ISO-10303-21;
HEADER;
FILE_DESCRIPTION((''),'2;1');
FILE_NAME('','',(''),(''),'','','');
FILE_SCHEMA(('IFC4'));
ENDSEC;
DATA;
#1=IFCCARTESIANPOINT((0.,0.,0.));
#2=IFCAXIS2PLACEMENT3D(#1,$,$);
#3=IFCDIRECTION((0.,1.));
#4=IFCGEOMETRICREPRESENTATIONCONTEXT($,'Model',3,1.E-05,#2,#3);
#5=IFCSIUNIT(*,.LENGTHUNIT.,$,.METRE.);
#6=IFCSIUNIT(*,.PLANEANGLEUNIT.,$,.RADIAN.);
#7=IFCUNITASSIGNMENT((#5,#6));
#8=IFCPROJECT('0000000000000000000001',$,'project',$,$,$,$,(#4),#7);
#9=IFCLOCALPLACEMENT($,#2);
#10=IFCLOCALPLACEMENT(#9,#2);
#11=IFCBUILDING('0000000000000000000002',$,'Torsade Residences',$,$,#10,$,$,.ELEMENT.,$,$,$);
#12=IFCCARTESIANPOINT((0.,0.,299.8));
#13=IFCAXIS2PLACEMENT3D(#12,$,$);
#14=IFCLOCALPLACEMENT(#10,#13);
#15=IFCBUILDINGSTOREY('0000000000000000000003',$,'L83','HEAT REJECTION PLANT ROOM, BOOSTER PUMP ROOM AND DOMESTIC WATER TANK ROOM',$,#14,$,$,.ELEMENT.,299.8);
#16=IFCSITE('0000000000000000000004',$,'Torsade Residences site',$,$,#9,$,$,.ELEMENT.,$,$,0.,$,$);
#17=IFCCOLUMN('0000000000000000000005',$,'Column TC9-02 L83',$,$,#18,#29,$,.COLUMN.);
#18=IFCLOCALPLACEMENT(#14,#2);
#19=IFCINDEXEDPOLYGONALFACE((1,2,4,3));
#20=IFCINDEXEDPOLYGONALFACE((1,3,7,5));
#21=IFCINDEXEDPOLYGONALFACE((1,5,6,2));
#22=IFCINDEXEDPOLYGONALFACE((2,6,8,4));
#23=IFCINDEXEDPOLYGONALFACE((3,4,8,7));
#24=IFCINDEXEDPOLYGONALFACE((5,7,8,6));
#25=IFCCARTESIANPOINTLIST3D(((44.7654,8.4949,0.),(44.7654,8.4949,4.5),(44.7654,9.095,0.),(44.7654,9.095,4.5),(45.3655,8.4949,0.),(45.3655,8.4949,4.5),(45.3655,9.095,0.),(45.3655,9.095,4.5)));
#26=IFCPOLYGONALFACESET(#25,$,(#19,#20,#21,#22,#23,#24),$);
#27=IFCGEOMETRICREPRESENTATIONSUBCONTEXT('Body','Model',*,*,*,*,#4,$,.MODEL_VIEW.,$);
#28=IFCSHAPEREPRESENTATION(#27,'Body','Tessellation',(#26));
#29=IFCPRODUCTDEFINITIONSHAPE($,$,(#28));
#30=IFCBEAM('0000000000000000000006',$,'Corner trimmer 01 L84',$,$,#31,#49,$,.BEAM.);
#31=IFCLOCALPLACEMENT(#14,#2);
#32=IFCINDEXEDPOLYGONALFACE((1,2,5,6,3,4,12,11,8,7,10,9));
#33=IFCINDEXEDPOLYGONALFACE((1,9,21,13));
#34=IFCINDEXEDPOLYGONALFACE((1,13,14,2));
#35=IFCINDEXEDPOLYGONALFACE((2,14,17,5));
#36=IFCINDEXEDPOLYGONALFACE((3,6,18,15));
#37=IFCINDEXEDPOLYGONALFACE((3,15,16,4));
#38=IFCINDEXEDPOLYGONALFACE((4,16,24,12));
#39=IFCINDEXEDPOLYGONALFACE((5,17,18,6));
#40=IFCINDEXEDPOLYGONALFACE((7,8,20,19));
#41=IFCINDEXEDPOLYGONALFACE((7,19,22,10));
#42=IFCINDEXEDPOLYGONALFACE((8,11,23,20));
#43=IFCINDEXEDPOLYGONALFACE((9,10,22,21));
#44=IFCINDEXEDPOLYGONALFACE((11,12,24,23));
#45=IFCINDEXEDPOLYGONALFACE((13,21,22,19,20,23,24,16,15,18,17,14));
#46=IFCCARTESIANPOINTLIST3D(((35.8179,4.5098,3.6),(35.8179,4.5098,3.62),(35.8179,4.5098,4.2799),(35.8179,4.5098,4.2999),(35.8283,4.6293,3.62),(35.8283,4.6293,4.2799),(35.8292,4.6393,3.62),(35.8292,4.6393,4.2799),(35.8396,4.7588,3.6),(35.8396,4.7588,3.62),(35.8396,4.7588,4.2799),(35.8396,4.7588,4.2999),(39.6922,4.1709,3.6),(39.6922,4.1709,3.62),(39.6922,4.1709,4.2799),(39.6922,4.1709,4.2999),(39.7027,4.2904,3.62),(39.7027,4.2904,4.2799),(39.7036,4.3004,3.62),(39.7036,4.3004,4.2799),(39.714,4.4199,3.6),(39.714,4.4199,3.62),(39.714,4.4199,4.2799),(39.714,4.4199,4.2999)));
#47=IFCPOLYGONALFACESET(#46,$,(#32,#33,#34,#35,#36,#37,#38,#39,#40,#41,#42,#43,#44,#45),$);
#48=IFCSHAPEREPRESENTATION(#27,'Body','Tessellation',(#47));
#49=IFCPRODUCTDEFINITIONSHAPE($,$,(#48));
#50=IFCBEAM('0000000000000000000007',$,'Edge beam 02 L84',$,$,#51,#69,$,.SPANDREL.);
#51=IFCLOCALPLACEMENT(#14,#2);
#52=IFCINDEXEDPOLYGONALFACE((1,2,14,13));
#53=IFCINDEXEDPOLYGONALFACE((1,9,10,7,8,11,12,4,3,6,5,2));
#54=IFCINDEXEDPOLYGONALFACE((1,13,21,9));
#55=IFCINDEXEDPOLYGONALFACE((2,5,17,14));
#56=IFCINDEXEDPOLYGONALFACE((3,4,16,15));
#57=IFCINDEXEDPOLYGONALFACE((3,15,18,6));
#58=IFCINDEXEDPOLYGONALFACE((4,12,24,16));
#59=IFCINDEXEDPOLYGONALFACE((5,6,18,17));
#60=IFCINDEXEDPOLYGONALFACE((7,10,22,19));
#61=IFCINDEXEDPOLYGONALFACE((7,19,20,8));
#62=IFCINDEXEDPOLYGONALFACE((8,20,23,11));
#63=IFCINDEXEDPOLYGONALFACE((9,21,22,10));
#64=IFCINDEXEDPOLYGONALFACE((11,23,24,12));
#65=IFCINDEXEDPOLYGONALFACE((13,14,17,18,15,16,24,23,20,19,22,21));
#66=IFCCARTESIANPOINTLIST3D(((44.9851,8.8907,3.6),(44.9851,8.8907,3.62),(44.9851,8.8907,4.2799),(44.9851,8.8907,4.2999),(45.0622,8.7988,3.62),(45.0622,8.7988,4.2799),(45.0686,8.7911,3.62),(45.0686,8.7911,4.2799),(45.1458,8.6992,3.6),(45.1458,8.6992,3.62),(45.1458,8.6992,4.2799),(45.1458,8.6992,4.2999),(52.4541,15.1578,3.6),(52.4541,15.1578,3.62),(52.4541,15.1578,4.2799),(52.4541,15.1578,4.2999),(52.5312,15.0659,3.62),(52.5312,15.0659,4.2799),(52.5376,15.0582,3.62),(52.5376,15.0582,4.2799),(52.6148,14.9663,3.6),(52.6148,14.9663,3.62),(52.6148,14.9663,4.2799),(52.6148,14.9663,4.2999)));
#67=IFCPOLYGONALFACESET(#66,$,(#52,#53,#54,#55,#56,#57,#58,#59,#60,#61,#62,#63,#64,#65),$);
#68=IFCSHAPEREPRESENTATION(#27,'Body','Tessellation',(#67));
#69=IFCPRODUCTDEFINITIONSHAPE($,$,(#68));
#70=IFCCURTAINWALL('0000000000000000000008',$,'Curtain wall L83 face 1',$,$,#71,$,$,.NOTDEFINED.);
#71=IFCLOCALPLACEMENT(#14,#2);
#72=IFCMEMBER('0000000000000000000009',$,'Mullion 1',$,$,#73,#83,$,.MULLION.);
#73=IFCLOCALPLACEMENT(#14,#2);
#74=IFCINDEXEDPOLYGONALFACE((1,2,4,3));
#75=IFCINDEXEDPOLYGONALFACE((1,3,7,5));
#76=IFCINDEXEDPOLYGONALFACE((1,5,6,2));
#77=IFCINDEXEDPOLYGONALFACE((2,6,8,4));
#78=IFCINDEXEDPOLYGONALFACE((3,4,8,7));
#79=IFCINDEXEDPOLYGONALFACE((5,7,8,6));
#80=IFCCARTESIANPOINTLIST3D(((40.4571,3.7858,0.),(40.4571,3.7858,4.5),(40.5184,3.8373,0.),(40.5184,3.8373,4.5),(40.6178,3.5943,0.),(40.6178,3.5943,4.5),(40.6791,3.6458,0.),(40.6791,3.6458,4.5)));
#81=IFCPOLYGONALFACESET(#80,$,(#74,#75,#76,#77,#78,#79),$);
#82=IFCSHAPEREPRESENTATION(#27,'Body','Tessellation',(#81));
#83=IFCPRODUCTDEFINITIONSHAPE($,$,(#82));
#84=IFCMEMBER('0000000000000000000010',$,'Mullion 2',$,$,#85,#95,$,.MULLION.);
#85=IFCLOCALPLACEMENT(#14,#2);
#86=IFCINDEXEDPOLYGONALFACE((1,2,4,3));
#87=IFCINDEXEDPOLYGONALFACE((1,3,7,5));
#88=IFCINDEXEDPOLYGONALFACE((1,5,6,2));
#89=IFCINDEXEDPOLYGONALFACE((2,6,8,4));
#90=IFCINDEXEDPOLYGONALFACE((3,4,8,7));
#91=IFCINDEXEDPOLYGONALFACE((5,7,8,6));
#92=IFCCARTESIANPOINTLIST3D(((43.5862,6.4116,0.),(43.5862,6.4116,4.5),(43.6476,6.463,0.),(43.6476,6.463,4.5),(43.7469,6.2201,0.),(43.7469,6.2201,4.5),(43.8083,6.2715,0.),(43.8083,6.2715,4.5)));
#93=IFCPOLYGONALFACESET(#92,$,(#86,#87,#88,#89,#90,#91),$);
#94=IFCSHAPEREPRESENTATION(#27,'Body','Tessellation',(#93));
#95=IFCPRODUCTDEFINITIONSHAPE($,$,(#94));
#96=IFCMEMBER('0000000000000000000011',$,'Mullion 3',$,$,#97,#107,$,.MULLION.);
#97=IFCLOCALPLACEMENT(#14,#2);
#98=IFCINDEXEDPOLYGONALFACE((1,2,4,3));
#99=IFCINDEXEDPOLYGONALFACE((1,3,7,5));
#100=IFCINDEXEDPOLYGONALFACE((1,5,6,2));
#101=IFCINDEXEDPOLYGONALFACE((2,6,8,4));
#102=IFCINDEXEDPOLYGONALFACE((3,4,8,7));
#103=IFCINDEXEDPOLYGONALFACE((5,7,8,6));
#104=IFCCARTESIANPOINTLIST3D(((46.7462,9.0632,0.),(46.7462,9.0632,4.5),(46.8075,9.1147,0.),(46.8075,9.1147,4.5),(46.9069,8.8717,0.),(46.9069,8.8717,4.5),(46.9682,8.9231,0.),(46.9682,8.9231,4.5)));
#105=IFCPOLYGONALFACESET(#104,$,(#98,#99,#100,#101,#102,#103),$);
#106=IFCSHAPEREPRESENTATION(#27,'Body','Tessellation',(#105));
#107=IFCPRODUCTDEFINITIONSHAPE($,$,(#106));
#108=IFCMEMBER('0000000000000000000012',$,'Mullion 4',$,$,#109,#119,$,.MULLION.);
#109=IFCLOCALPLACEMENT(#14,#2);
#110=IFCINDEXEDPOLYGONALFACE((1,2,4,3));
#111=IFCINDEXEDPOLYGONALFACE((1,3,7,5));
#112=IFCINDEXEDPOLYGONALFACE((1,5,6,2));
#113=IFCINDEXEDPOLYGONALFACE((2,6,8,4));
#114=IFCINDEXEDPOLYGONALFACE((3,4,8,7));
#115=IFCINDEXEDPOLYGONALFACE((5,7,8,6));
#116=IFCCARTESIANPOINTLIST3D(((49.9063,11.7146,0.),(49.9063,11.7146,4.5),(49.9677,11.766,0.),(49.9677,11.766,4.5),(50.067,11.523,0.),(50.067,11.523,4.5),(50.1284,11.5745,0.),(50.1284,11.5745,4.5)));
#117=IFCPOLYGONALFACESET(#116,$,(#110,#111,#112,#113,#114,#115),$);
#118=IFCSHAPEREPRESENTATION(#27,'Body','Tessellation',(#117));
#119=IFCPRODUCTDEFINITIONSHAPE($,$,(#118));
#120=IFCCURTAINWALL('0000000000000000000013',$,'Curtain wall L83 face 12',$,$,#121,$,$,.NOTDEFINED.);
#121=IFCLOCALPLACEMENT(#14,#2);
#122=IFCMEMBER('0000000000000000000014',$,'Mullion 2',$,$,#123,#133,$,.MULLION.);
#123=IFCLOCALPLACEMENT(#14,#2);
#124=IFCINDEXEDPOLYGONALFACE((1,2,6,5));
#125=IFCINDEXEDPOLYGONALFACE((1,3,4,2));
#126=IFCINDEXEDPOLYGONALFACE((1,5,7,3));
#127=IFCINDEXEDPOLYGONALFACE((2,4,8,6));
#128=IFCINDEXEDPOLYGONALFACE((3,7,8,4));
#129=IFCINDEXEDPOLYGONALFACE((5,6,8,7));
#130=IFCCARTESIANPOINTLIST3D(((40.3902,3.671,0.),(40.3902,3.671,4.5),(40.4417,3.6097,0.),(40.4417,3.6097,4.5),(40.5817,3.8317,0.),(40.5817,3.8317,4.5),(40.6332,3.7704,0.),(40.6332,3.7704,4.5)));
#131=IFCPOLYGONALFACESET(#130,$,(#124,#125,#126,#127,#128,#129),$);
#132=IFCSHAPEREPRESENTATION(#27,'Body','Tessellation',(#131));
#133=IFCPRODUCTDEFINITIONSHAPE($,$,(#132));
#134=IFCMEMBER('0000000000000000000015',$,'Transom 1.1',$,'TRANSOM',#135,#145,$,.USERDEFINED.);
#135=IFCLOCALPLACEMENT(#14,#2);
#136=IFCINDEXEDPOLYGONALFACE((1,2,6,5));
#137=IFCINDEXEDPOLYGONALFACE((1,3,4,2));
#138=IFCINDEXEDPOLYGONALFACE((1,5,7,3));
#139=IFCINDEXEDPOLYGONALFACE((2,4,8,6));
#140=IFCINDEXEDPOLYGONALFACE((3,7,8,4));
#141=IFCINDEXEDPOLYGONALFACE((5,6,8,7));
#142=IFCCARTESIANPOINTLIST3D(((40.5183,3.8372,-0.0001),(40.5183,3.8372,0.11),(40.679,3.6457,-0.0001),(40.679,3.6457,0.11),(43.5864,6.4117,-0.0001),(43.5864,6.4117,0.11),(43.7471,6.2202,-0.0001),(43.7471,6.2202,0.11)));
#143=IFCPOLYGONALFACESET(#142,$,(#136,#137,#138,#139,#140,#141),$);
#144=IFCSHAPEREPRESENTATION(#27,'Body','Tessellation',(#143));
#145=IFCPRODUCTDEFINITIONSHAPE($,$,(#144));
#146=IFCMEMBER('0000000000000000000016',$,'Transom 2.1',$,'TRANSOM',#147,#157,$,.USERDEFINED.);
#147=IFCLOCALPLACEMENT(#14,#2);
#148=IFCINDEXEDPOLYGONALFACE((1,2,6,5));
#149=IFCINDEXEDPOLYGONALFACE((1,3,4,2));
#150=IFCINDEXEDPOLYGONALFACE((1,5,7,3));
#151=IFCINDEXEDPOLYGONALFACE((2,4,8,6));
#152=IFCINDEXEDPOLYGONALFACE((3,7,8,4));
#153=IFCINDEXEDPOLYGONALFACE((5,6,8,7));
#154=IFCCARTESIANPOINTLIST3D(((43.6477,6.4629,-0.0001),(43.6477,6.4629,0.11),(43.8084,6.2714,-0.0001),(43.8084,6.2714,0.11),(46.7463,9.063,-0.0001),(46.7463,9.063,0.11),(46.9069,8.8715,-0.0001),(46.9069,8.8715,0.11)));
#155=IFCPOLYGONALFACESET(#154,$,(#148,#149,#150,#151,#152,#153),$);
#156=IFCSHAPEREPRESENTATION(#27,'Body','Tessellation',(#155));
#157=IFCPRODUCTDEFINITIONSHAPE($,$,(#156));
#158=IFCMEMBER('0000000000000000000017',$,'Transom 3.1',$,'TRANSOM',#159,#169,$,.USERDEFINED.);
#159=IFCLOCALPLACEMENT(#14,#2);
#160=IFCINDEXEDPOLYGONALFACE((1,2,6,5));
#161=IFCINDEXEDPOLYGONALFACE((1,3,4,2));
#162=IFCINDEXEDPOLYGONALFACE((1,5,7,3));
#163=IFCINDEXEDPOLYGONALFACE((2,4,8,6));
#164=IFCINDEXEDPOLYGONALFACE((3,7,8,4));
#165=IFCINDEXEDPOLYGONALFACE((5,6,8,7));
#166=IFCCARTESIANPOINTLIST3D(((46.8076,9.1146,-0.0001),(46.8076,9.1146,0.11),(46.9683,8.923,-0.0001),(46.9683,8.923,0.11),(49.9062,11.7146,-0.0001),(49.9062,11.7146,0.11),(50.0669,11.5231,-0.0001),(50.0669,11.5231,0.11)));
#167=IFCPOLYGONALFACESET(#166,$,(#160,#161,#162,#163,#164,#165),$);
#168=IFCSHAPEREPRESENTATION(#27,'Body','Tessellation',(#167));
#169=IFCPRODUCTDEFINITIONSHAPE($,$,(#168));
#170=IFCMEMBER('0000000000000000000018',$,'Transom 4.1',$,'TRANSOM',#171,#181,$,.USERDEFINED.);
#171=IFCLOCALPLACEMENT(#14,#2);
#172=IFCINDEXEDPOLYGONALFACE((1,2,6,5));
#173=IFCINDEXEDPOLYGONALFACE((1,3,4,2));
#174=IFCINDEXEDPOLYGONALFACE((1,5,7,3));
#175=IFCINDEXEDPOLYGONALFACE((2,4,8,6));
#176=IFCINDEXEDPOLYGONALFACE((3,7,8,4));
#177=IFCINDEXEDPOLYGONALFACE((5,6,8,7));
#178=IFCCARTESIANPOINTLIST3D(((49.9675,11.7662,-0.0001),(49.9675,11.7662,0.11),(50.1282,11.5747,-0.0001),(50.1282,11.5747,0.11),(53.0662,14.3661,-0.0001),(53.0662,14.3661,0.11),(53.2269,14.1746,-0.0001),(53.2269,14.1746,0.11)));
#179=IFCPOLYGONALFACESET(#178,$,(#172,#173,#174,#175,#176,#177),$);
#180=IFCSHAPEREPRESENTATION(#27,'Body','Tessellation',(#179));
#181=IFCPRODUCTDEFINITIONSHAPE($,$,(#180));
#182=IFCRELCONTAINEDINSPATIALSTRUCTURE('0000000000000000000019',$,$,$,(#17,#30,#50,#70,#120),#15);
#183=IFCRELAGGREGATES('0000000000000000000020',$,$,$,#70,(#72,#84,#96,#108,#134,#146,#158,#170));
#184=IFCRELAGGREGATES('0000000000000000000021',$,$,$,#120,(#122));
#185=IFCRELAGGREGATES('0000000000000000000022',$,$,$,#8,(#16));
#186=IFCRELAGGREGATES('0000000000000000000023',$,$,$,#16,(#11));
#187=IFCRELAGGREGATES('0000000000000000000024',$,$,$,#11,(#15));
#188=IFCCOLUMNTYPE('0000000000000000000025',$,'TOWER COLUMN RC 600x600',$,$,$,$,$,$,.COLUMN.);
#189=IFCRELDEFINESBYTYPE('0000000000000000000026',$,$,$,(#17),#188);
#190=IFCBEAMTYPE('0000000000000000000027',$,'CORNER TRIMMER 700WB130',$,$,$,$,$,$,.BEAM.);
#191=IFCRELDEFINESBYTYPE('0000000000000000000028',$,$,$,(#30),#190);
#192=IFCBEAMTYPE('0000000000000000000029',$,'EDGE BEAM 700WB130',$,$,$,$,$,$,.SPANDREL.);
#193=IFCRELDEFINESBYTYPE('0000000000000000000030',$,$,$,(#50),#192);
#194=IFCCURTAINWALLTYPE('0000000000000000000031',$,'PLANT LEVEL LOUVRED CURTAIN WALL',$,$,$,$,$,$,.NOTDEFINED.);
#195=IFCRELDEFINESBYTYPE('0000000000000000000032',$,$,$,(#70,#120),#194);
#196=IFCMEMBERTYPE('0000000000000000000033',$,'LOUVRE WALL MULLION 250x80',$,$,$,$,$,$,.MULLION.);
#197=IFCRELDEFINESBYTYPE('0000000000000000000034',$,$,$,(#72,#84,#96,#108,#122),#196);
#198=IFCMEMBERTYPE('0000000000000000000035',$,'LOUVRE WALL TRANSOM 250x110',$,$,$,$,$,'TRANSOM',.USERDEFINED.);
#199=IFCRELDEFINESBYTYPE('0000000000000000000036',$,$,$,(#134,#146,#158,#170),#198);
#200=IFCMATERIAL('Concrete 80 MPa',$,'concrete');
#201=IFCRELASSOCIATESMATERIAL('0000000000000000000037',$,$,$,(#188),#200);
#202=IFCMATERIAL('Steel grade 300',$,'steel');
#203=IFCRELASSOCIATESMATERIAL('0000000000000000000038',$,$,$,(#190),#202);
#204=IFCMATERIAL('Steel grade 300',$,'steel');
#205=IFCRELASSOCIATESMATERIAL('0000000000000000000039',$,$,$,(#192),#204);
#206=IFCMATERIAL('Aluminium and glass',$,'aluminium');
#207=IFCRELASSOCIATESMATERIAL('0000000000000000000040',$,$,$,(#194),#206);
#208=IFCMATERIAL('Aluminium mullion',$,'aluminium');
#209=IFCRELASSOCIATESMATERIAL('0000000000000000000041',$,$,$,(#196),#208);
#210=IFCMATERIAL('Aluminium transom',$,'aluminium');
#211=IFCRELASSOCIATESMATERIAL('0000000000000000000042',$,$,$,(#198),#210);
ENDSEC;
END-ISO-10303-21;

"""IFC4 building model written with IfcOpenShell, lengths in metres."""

from ifc_helpers import new_model, si_unit, direction, frame, origin, origin_2d, place, context, subcontext, project, spatial, rectangle, i_section, extrude, material, material_profile, profile_set, type_object, element, aggregate, save


model = new_model("IFC4")

# Units and contexts
model_context = context("Model", 3, precision=1e-05, world=origin(), true_north=direction((0.0, 1.0)))
body_context = subcontext(model_context, "Body", "Model", "MODEL_VIEW")
ifc_project = project(units=[si_unit("LENGTHUNIT", "METRE"), si_unit("PLANEANGLEUNIT", "RADIAN")], contexts=[model_context])

# Site, building, storey
site_placement = place(None, origin())
site = spatial("IfcSite", under=ifc_project, at=site_placement, Name="Torsade Residences site", CompositionType="ELEMENT", RefElevation=0.0)
building_placement = place(site_placement, origin())
building = spatial("IfcBuilding", under=site, at=building_placement, Name="Torsade Residences", CompositionType="ELEMENT")
storey_placement = place(building_placement, frame((0.0, 0.0, 299.8)))
storey = spatial("IfcBuildingStorey", under=building, at=storey_placement, Name="L83", Description="HEAT REJECTION PLANT ROOM, BOOSTER PUMP ROOM AND DOMESTIC WATER TANK ROOM", CompositionType="ELEMENT", Elevation=299.8)

# Column
ifc_material_1 = material(Name="Concrete 80 MPa", Category="concrete")
ifc_material_profile_1 = material_profile(ifc_material_1, rectangle(XDim=0.6001, YDim=0.6001, at=origin_2d()), Name="RC 600x600")
ifc_profile_set_1 = profile_set([ifc_material_profile_1], Name="Concrete 80 MPa")
column_type = type_object("IfcColumnType", Name="TOWER COLUMN RC 600x600", PredefinedType="COLUMN", material=ifc_profile_set_1)
column_placement = place(storey_placement, frame((45.0654, 8.7949, 0.0), z_axis=(0.0, 0.0, 1.0), x_axis=(1.0, 0.0, 0.0)))
element("IfcColumn", 1, at=column_placement, inside=storey, type_object=column_type, Name="Column TC9-02 L83", PredefinedType="COLUMN", context=body_context, shape_type="SweptSolid", body=[
    extrude(rectangle(XDim=0.6001, YDim=0.6001, at=origin_2d()), origin(), (0.0, 0.0, 1.0), 4.5),
])

# Beams
ifc_material_2 = material(Name="Steel grade 300", Category="steel")
ifc_material_profile_2 = material_profile(ifc_material_2, i_section(OverallWidth=0.25, OverallDepth=0.7, WebThickness=0.01, FlangeThickness=0.02, at=origin_2d()), Name="700WB130")
ifc_profile_set_2 = profile_set([ifc_material_profile_2], Name="Steel grade 300")
beam_type_1 = type_object("IfcBeamType", Name="CORNER TRIMMER 700WB130", PredefinedType="BEAM", material=ifc_profile_set_2)
beam_1_placement = place(storey_placement, frame((39.7031, 4.2954, 3.95), z_axis=(-0.996197, 0.087133, 0.0), x_axis=(-0.087133, -0.996197, 0.0)))
element("IfcBeam", 2, at=beam_1_placement, inside=storey, type_object=beam_type_1, Name="Corner trimmer 01 L84", PredefinedType="BEAM", context=body_context, shape_type="SweptSolid", body=[
    extrude(i_section(OverallWidth=0.25, OverallDepth=0.7, WebThickness=0.01, FlangeThickness=0.02, at=origin_2d()), origin(), (0.0, 0.0, 1.0), 3.8892),
])
ifc_material_3 = material(Name="Steel grade 300", Category="steel")
ifc_material_profile_3 = material_profile(ifc_material_3, i_section(OverallWidth=0.25, OverallDepth=0.7, WebThickness=0.01, FlangeThickness=0.02, at=origin_2d()), Name="700WB130")
ifc_profile_set_3 = profile_set([ifc_material_profile_3], Name="Steel grade 300")
beam_type_2 = type_object("IfcBeamType", Name="EDGE BEAM 700WB130", PredefinedType="SPANDREL", material=ifc_profile_set_3)
beam_2_placement = place(storey_placement, frame((45.0654, 8.7949, 3.95), z_axis=(0.766052, 0.642779, 0.0), x_axis=(-0.642779, 0.766052, 0.0)))
element("IfcBeam", 3, at=beam_2_placement, inside=storey, type_object=beam_type_2, Name="Edge beam 02 L84", PredefinedType="SPANDREL", context=body_context, shape_type="SweptSolid", body=[
    extrude(i_section(OverallWidth=0.25, OverallDepth=0.7, WebThickness=0.01, FlangeThickness=0.02, at=origin_2d()), origin(), (0.0, 0.0, 1.0), 9.75),
])

# Curtain wall, members
ifc_material_4 = material(Name="Aluminium and glass", Category="aluminium")
curtain_wall_type = type_object("IfcCurtainWallType", Name="PLANT LEVEL LOUVRED CURTAIN WALL", PredefinedType="NOTDEFINED", material=ifc_material_4)
curtain_wall_1_placement = place(storey_placement, origin())
curtain_wall_1 = element("IfcCurtainWall", 4, at=curtain_wall_1_placement, inside=storey, type_object=curtain_wall_type, Name="Curtain wall L83 face 1", PredefinedType="NOTDEFINED")
ifc_material_5 = material(Name="Aluminium mullion", Category="aluminium")
ifc_material_profile_4 = material_profile(ifc_material_5, rectangle(XDim=0.25, YDim=0.0801, at=origin_2d()), Name="LOUVRE WALL MULLION 250x80")
ifc_profile_set_4 = profile_set([ifc_material_profile_4], Name="Aluminium mullion")
member_type_1 = type_object("IfcMemberType", Name="LOUVRE WALL MULLION 250x80", PredefinedType="MULLION", material=ifc_profile_set_4)
member_1_placement = place(storey_placement, frame((40.5681, 3.7158, 0.0), z_axis=(0.0, 0.0, 1.0), x_axis=(-0.642788, 0.766044, 0.0)))
member_1 = element("IfcMember", 5, at=member_1_placement, type_object=member_type_1, Name="Mullion 1", PredefinedType="MULLION", context=body_context, shape_type="SweptSolid", body=[
    extrude(rectangle(XDim=0.25, YDim=0.0801, at=origin_2d()), origin(), (0.0, 0.0, 1.0), 4.5),
])
member_2_placement = place(storey_placement, frame((43.6973, 6.3416, 0.0), z_axis=(0.0, 0.0, 1.0), x_axis=(-0.642788, 0.766044, 0.0)))
member_2 = element("IfcMember", 6, at=member_2_placement, type_object=member_type_1, Name="Mullion 2", PredefinedType="MULLION", context=body_context, shape_type="SweptSolid", body=[
    extrude(rectangle(XDim=0.25, YDim=0.0801, at=origin_2d()), origin(), (0.0, 0.0, 1.0), 4.5),
])
member_3_placement = place(storey_placement, frame((46.8572, 8.9932, 0.0), z_axis=(0.0, 0.0, 1.0), x_axis=(-0.642788, 0.766044, 0.0)))
member_3 = element("IfcMember", 7, at=member_3_placement, type_object=member_type_1, Name="Mullion 3", PredefinedType="MULLION", context=body_context, shape_type="SweptSolid", body=[
    extrude(rectangle(XDim=0.25, YDim=0.0801, at=origin_2d()), origin(), (0.0, 0.0, 1.0), 4.5),
])
member_4_placement = place(storey_placement, frame((50.0173, 11.6445, 0.0), z_axis=(0.0, 0.0, 1.0), x_axis=(-0.642788, 0.766044, 0.0)))
member_4 = element("IfcMember", 8, at=member_4_placement, type_object=member_type_1, Name="Mullion 4", PredefinedType="MULLION", context=body_context, shape_type="SweptSolid", body=[
    extrude(rectangle(XDim=0.25, YDim=0.0801, at=origin_2d()), origin(), (0.0, 0.0, 1.0), 4.5),
])

# Curtain wall, member
curtain_wall_2_placement = place(storey_placement, origin())
curtain_wall_2 = element("IfcCurtainWall", 9, at=curtain_wall_2_placement, inside=storey, type_object=curtain_wall_type, Name="Curtain wall L83 face 12", PredefinedType="NOTDEFINED")
member_5_placement = place(storey_placement, frame((40.5117, 3.7207, 0.0), z_axis=(0.0, 0.0, 1.0), x_axis=(0.766044, 0.642788, 0.0)))
member_5 = element("IfcMember", 10, at=member_5_placement, type_object=member_type_1, Name="Mullion 2", PredefinedType="MULLION", context=body_context, shape_type="SweptSolid", body=[
    extrude(rectangle(XDim=0.25, YDim=0.0801, at=origin_2d()), origin(), (0.0, 0.0, 1.0), 4.5),
])

# Members
ifc_material_6 = material(Name="Aluminium transom", Category="aluminium")
ifc_material_profile_5 = material_profile(ifc_material_6, rectangle(XDim=0.25, YDim=0.1101, at=origin_2d()), Name="LOUVRE WALL TRANSOM 250x110")
ifc_profile_set_5 = profile_set([ifc_material_profile_5], Name="Aluminium transom")
member_type_2 = type_object("IfcMemberType", Name="LOUVRE WALL TRANSOM 250x110", ElementType="TRANSOM", PredefinedType="USERDEFINED", material=ifc_profile_set_5)
member_6_placement = place(storey_placement, frame((40.5986, 3.7415, 0.0549), z_axis=(0.766043, 0.642789, 0.0), x_axis=(-0.642789, 0.766043, 0.0)))
member_6 = element("IfcMember", 11, at=member_6_placement, type_object=member_type_2, Name="Transom 1.1", ObjectType="TRANSOM", PredefinedType="USERDEFINED", context=body_context, shape_type="SweptSolid", body=[
    extrude(rectangle(XDim=0.25, YDim=0.1101, at=origin_2d()), origin(), (0.0, 0.0, 1.0), 4.0051),
])
member_7_placement = place(storey_placement, frame((43.728, 6.3672, 0.0549), z_axis=(0.76604, 0.642793, 0.0), x_axis=(-0.642793, 0.76604, 0.0)))
member_7 = element("IfcMember", 12, at=member_7_placement, type_object=member_type_2, Name="Transom 2.1", ObjectType="TRANSOM", PredefinedType="USERDEFINED", context=body_context, shape_type="SweptSolid", body=[
    extrude(rectangle(XDim=0.25, YDim=0.1101, at=origin_2d()), origin(), (0.0, 0.0, 1.0), 4.0449),
])
member_8_placement = place(storey_placement, frame((46.8879, 9.0188, 0.0549), z_axis=(0.76604, 0.642793, 0.0), x_axis=(-0.642793, 0.76604, 0.0)))
member_8 = element("IfcMember", 13, at=member_8_placement, type_object=member_type_2, Name="Transom 3.1", ObjectType="TRANSOM", PredefinedType="USERDEFINED", context=body_context, shape_type="SweptSolid", body=[
    extrude(rectangle(XDim=0.25, YDim=0.1101, at=origin_2d()), origin(), (0.0, 0.0, 1.0), 4.0449),
])
member_9_placement = place(storey_placement, frame((50.0479, 11.6704, 0.0549), z_axis=(0.76607, 0.642757, 0.0), x_axis=(-0.642757, 0.76607, 0.0)))
member_9 = element("IfcMember", 14, at=member_9_placement, type_object=member_type_2, Name="Transom 4.1", ObjectType="TRANSOM", PredefinedType="USERDEFINED", context=body_context, shape_type="SweptSolid", body=[
    extrude(rectangle(XDim=0.25, YDim=0.1101, at=origin_2d()), origin(), (0.0, 0.0, 1.0), 4.0449),
])

aggregate(curtain_wall_1, [member_1, member_2, member_3, member_4, member_6, member_7, member_8, member_9])
aggregate(curtain_wall_2, [member_5])

save(model, "model.ifc")
